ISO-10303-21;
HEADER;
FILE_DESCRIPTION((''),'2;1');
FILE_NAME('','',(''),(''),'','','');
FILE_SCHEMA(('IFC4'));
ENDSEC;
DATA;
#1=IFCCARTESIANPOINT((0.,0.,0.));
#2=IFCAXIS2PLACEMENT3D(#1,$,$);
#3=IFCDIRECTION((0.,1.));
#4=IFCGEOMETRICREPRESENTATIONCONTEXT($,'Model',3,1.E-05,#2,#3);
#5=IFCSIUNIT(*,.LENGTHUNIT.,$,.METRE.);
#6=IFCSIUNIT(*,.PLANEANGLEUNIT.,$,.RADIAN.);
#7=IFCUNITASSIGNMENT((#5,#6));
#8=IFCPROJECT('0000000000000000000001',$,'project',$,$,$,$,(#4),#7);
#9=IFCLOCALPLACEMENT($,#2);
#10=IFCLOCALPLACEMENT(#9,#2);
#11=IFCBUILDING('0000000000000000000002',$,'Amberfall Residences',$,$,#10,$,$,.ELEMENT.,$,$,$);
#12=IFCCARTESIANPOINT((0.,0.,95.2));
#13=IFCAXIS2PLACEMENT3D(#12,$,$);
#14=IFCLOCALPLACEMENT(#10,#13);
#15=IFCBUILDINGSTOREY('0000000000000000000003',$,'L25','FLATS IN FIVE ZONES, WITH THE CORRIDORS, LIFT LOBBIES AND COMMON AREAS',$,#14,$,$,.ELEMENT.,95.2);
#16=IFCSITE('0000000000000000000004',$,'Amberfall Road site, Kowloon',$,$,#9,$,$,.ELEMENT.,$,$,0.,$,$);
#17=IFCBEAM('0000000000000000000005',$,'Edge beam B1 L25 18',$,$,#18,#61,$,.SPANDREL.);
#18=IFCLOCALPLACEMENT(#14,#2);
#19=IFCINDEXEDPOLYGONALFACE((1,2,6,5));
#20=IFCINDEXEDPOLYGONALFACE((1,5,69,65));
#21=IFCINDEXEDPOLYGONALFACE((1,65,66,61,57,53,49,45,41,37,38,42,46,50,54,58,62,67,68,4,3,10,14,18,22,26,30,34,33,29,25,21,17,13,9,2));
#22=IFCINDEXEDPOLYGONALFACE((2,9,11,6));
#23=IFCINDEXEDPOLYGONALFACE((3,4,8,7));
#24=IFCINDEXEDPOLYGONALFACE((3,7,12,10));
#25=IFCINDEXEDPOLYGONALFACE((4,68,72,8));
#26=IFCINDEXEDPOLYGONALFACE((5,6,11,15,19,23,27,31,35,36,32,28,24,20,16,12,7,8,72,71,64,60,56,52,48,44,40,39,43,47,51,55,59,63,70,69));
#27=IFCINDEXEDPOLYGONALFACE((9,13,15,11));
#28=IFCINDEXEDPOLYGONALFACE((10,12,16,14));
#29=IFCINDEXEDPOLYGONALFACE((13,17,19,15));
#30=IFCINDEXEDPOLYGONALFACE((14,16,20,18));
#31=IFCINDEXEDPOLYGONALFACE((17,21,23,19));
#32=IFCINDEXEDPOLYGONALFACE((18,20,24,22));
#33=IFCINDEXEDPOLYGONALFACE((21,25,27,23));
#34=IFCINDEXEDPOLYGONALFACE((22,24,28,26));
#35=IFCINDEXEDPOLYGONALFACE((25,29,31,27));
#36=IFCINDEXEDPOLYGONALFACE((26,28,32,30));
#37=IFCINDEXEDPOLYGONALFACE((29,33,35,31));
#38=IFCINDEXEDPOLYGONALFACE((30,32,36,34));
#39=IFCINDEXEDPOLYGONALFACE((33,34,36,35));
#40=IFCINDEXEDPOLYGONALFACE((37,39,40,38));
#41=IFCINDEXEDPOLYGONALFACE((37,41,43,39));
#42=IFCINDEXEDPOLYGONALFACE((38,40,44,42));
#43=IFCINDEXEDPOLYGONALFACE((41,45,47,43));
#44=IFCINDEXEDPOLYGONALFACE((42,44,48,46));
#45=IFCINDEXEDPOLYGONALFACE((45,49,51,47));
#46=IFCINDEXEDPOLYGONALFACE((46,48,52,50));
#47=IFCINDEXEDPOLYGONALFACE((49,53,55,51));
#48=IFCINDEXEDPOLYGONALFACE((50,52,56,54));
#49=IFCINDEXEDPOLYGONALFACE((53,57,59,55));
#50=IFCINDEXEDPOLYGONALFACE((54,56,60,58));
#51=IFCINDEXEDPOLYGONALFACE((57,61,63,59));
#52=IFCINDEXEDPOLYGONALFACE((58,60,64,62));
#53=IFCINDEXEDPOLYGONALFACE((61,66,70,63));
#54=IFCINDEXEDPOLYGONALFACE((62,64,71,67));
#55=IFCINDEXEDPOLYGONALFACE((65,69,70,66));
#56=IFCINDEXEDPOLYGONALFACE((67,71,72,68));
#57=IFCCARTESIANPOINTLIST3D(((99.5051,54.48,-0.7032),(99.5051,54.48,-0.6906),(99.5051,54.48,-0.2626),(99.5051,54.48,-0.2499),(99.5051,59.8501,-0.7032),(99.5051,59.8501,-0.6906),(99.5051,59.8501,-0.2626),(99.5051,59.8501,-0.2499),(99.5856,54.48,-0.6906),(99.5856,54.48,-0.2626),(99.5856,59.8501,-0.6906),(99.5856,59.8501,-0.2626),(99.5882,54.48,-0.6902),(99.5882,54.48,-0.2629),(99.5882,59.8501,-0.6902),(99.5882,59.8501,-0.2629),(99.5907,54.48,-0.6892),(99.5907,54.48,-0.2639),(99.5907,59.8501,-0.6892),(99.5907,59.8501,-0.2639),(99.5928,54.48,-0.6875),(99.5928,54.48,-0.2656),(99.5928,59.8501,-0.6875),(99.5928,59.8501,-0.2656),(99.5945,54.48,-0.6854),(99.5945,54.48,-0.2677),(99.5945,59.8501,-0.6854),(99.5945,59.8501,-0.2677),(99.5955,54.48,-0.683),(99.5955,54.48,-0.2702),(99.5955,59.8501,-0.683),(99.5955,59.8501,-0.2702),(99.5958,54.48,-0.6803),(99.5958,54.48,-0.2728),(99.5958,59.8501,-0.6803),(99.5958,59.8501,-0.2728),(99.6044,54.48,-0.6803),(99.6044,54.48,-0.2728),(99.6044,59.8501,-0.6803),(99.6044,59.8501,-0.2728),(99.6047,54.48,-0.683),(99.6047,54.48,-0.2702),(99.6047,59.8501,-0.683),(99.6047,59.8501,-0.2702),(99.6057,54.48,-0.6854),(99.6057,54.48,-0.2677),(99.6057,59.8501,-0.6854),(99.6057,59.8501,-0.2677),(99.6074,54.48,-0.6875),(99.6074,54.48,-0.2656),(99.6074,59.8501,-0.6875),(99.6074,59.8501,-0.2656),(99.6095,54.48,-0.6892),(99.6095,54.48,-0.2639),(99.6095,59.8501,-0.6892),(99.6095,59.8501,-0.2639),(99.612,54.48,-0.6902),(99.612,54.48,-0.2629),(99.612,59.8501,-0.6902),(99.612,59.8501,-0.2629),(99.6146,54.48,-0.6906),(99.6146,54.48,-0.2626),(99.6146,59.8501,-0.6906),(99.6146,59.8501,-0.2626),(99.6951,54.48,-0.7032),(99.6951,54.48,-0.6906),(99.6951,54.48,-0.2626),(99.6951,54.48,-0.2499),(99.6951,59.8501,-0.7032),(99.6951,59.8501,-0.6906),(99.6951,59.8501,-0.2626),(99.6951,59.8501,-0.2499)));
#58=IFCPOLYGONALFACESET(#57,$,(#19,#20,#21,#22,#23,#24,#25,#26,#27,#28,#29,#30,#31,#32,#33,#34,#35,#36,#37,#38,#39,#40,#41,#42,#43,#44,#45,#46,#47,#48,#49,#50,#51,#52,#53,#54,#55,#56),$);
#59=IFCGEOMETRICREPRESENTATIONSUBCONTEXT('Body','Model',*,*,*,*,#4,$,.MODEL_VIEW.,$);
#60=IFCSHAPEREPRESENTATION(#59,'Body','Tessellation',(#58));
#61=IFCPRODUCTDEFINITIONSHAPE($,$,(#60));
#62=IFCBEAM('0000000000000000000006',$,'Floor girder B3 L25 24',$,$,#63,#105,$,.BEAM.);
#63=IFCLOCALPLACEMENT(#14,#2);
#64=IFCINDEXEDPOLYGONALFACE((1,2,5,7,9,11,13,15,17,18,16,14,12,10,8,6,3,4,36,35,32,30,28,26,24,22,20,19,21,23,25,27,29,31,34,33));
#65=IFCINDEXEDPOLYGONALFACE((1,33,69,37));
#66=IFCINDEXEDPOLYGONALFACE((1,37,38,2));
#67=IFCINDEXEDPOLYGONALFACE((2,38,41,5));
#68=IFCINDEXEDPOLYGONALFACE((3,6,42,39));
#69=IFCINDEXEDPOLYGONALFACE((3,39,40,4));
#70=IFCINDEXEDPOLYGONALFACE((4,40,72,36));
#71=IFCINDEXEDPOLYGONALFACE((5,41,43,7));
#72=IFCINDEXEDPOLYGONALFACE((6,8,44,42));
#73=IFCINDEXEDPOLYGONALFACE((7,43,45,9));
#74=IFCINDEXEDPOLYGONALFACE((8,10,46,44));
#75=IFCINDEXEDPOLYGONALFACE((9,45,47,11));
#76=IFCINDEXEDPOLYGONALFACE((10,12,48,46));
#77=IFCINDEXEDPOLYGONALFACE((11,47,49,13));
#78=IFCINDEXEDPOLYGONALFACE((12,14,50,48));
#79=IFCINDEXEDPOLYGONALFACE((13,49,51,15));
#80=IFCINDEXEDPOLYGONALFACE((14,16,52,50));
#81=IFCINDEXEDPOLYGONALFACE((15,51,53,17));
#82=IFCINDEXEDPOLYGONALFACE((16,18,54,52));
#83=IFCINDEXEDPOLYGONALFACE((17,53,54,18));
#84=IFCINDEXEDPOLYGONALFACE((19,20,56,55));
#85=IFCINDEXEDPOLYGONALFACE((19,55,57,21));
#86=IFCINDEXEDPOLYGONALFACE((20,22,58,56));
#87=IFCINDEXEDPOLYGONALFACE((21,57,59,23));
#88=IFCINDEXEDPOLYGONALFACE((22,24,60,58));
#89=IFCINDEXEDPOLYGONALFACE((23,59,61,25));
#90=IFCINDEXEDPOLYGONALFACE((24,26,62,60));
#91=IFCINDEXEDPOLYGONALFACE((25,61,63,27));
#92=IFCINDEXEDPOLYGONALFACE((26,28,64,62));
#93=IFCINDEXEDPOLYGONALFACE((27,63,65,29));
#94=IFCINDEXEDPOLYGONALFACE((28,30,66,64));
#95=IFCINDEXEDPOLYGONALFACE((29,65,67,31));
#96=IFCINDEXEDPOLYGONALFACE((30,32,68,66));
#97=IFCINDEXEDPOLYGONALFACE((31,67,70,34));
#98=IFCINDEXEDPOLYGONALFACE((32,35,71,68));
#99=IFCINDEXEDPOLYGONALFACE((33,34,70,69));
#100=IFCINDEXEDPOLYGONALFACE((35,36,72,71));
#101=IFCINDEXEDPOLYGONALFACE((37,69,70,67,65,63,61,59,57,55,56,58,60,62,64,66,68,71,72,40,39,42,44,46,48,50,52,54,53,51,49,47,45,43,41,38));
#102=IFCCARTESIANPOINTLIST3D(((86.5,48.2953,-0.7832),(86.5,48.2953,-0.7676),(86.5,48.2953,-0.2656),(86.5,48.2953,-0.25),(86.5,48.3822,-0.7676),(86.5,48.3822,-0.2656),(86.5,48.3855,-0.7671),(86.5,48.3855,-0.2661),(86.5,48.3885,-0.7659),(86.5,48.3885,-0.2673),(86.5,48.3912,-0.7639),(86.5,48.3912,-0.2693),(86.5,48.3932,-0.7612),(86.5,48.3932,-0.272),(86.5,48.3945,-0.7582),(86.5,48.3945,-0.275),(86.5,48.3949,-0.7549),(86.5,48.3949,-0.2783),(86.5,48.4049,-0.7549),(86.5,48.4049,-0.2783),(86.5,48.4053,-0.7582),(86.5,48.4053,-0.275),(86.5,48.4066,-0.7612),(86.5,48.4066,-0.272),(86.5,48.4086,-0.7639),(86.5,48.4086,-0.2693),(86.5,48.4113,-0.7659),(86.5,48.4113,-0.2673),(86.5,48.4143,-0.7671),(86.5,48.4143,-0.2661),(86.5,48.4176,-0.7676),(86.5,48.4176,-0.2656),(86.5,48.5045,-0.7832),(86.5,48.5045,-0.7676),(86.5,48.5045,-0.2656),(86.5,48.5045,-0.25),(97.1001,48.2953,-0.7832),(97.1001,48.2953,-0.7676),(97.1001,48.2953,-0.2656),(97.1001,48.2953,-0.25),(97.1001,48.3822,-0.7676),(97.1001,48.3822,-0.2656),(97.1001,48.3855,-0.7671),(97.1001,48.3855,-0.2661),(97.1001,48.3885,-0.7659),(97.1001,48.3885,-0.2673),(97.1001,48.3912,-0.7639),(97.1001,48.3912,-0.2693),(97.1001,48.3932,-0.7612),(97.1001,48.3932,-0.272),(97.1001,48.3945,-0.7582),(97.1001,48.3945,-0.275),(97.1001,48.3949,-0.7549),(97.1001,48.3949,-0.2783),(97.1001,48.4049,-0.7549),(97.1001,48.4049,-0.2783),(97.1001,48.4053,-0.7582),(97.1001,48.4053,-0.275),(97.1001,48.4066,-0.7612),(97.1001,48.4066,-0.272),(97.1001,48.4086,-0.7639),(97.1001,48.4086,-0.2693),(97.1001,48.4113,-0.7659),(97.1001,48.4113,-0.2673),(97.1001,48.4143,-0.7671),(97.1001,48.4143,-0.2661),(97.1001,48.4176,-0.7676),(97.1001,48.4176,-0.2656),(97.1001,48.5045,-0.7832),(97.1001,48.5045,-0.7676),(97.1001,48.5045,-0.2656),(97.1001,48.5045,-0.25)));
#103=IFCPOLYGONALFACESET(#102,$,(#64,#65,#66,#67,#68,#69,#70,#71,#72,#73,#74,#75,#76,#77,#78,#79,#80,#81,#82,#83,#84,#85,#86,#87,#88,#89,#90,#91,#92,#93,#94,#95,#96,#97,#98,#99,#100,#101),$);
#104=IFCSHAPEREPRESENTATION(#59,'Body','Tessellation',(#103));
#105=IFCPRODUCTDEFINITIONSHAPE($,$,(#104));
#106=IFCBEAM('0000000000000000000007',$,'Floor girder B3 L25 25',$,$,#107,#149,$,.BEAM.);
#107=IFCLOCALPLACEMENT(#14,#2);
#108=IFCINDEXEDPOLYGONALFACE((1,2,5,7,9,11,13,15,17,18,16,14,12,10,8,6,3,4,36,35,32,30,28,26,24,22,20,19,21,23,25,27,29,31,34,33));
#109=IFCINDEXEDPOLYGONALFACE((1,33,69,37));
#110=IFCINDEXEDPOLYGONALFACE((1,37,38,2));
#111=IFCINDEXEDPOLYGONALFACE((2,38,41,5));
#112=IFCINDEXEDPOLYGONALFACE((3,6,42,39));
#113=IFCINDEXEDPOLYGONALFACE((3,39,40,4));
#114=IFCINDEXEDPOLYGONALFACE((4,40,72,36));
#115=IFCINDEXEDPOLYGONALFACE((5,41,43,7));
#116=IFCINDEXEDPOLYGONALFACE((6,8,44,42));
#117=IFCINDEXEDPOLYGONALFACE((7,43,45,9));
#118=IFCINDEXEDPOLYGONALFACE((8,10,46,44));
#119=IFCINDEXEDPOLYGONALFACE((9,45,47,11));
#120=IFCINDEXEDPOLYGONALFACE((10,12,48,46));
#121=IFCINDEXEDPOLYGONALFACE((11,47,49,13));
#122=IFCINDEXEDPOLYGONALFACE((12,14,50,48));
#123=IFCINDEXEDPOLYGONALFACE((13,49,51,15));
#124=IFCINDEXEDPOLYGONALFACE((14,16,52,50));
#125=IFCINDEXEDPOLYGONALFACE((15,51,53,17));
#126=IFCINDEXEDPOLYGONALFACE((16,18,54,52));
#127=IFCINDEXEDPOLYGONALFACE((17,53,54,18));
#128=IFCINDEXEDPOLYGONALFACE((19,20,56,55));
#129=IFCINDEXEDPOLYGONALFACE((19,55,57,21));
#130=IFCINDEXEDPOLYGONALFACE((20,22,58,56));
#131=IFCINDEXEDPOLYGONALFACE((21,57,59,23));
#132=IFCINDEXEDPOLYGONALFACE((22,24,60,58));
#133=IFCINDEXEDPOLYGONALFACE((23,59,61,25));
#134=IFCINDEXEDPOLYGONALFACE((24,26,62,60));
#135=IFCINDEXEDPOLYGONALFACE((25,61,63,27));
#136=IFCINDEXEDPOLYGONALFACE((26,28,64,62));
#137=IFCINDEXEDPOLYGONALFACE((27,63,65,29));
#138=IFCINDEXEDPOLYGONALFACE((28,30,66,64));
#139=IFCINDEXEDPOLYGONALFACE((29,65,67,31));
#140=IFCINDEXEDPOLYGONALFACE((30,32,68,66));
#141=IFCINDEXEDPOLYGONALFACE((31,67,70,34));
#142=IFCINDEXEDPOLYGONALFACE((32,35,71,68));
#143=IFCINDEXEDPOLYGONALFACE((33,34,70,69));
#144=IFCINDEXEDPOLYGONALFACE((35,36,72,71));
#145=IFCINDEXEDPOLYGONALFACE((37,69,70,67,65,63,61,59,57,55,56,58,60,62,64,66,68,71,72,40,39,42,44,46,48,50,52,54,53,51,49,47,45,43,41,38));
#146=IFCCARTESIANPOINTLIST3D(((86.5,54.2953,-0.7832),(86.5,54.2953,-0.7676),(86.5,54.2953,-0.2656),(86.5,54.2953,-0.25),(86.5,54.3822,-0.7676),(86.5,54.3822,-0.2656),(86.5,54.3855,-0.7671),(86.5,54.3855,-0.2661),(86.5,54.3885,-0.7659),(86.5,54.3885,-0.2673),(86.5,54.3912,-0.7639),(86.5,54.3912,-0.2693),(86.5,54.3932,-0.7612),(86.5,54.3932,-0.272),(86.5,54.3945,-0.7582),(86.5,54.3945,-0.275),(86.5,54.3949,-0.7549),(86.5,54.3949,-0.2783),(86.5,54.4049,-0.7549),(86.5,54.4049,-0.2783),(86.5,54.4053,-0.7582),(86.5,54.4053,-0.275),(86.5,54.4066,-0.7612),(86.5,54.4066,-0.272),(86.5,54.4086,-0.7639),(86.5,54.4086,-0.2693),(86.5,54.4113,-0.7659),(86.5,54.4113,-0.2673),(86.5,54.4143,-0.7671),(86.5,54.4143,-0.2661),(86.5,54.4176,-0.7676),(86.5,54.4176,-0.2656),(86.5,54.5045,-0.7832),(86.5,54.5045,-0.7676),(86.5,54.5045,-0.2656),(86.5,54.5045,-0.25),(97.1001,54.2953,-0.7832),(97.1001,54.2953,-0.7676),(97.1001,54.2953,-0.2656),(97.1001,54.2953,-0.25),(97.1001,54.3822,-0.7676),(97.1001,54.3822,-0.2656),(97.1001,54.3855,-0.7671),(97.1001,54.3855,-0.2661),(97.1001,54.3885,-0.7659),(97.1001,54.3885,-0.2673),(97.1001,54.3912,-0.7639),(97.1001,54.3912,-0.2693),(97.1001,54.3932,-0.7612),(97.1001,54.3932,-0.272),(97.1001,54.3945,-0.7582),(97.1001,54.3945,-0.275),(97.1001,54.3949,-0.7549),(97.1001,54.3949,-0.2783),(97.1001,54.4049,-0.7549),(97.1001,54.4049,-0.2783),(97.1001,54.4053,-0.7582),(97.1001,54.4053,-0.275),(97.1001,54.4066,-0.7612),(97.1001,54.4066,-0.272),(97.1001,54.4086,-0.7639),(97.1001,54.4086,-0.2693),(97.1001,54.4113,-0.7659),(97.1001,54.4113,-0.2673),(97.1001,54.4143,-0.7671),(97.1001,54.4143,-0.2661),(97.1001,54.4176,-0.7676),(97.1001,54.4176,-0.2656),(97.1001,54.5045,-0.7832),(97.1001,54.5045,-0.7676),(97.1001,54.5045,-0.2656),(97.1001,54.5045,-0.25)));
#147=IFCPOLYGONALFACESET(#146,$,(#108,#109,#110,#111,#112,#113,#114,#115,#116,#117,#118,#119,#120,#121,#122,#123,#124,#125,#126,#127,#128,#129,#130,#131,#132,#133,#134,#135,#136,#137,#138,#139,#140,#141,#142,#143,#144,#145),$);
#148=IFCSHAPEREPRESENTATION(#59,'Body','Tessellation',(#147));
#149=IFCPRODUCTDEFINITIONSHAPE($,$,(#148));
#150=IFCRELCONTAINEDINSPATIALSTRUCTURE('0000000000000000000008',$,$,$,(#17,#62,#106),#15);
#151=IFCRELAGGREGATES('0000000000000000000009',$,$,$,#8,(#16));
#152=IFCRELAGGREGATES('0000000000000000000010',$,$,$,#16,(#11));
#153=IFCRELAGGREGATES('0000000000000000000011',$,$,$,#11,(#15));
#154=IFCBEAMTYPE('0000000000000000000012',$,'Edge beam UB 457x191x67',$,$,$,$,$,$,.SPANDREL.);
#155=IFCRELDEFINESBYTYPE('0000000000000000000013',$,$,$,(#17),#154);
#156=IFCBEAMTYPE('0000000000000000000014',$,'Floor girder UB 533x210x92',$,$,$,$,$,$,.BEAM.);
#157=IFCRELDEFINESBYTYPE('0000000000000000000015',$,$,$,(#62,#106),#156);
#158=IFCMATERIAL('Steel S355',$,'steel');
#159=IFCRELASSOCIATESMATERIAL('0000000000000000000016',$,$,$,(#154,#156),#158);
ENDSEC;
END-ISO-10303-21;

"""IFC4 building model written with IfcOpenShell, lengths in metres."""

from ifc_helpers import new_model, si_unit, direction, frame, origin, origin_2d, place, context, subcontext, project, spatial, i_section, extrude, material, material_profile, profile_set, type_object, element, save


model = new_model("IFC4")

# Units and contexts
model_context = context("Model", 3, precision=1e-05, world=origin(), true_north=direction((0.0, 1.0)))
body_context = subcontext(model_context, "Body", "Model", "MODEL_VIEW")
ifc_project = project(units=[si_unit("LENGTHUNIT", "METRE"), si_unit("PLANEANGLEUNIT", "RADIAN")], contexts=[model_context])

# Site, building, storey
site_placement = place(None, origin())
site = spatial("IfcSite", under=ifc_project, at=site_placement, Name="Amberfall Road site, Kowloon", CompositionType="ELEMENT", RefElevation=0.0)
building_placement = place(site_placement, origin())
building = spatial("IfcBuilding", under=site, at=building_placement, Name="Amberfall Residences", CompositionType="ELEMENT")
storey_placement = place(building_placement, frame((0.0, 0.0, 95.2)))
storey = spatial("IfcBuildingStorey", under=building, at=storey_placement, Name="L25", Description="FLATS IN FIVE ZONES, WITH THE CORRIDORS, LIFT LOBBIES AND COMMON AREAS", CompositionType="ELEMENT", Elevation=95.2)

# Beams
ifc_material_1 = material(Name="Steel S355", Category="steel")
ifc_material_profile_1 = material_profile(ifc_material_1, i_section(OverallWidth=0.1899, OverallDepth=0.4534, WebThickness=0.0085, FlangeThickness=0.0127, FilletRadius=0.0103, at=origin_2d()), Name="UB 457x191x67")
ifc_profile_set_1 = profile_set([ifc_material_profile_1], Name="Steel S355")
beam_type_1 = type_object("IfcBeamType", Name="Edge beam UB 457x191x67", PredefinedType="SPANDREL", material=ifc_profile_set_1)
beam_1_placement = place(storey_placement, frame((99.6001, 54.48, -0.4766), z_axis=(0.0, 1.0, 0.0), x_axis=(-1.0, 0.0, 0.0)))
element("IfcBeam", 1, at=beam_1_placement, inside=storey, type_object=beam_type_1, Name="Edge beam B1 L25 18", PredefinedType="SPANDREL", context=body_context, shape_type="SweptSolid", body=[
    extrude(i_section(OverallWidth=0.1899, OverallDepth=0.4534, WebThickness=0.0085, FlangeThickness=0.0127, FilletRadius=0.0103, at=origin_2d()), origin(), (0.0, 0.0, 1.0), 5.3701),
])
ifc_material_profile_2 = material_profile(ifc_material_1, i_section(OverallWidth=0.2092, OverallDepth=0.5332, WebThickness=0.01, FlangeThickness=0.0156, FilletRadius=0.0127, at=origin_2d()), Name="UB 533x210x92")
ifc_profile_set_2 = profile_set([ifc_material_profile_2], Name="Steel S355")
beam_type_2 = type_object("IfcBeamType", Name="Floor girder UB 533x210x92", PredefinedType="BEAM", material=ifc_profile_set_2)
for number, where, z_axis, x_axis, name in (
    (2, (97.1001, 48.3999, -0.5166), (-1.0, 0.0, 0.0), (0.0, -1.0, 0.0), "Floor girder B3 L25 24"),
    (3, (97.1001, 54.3999, -0.5166), (-1.0, 0.0, 0.0), (0.0, -1.0, 0.0), "Floor girder B3 L25 25"),
):
    element("IfcBeam", number, at=place(storey_placement, frame(where, z_axis=z_axis, x_axis=x_axis)), inside=storey, type_object=beam_type_2, Name=name, PredefinedType="BEAM", context=body_context, shape_type="SweptSolid", body=[
        extrude(i_section(OverallWidth=0.2092, OverallDepth=0.5332, WebThickness=0.01, FlangeThickness=0.0156, FilletRadius=0.0127, at=origin_2d()), origin(), (0.0, 0.0, 1.0), 10.6001),
    ])

save(model, "model.ifc")
